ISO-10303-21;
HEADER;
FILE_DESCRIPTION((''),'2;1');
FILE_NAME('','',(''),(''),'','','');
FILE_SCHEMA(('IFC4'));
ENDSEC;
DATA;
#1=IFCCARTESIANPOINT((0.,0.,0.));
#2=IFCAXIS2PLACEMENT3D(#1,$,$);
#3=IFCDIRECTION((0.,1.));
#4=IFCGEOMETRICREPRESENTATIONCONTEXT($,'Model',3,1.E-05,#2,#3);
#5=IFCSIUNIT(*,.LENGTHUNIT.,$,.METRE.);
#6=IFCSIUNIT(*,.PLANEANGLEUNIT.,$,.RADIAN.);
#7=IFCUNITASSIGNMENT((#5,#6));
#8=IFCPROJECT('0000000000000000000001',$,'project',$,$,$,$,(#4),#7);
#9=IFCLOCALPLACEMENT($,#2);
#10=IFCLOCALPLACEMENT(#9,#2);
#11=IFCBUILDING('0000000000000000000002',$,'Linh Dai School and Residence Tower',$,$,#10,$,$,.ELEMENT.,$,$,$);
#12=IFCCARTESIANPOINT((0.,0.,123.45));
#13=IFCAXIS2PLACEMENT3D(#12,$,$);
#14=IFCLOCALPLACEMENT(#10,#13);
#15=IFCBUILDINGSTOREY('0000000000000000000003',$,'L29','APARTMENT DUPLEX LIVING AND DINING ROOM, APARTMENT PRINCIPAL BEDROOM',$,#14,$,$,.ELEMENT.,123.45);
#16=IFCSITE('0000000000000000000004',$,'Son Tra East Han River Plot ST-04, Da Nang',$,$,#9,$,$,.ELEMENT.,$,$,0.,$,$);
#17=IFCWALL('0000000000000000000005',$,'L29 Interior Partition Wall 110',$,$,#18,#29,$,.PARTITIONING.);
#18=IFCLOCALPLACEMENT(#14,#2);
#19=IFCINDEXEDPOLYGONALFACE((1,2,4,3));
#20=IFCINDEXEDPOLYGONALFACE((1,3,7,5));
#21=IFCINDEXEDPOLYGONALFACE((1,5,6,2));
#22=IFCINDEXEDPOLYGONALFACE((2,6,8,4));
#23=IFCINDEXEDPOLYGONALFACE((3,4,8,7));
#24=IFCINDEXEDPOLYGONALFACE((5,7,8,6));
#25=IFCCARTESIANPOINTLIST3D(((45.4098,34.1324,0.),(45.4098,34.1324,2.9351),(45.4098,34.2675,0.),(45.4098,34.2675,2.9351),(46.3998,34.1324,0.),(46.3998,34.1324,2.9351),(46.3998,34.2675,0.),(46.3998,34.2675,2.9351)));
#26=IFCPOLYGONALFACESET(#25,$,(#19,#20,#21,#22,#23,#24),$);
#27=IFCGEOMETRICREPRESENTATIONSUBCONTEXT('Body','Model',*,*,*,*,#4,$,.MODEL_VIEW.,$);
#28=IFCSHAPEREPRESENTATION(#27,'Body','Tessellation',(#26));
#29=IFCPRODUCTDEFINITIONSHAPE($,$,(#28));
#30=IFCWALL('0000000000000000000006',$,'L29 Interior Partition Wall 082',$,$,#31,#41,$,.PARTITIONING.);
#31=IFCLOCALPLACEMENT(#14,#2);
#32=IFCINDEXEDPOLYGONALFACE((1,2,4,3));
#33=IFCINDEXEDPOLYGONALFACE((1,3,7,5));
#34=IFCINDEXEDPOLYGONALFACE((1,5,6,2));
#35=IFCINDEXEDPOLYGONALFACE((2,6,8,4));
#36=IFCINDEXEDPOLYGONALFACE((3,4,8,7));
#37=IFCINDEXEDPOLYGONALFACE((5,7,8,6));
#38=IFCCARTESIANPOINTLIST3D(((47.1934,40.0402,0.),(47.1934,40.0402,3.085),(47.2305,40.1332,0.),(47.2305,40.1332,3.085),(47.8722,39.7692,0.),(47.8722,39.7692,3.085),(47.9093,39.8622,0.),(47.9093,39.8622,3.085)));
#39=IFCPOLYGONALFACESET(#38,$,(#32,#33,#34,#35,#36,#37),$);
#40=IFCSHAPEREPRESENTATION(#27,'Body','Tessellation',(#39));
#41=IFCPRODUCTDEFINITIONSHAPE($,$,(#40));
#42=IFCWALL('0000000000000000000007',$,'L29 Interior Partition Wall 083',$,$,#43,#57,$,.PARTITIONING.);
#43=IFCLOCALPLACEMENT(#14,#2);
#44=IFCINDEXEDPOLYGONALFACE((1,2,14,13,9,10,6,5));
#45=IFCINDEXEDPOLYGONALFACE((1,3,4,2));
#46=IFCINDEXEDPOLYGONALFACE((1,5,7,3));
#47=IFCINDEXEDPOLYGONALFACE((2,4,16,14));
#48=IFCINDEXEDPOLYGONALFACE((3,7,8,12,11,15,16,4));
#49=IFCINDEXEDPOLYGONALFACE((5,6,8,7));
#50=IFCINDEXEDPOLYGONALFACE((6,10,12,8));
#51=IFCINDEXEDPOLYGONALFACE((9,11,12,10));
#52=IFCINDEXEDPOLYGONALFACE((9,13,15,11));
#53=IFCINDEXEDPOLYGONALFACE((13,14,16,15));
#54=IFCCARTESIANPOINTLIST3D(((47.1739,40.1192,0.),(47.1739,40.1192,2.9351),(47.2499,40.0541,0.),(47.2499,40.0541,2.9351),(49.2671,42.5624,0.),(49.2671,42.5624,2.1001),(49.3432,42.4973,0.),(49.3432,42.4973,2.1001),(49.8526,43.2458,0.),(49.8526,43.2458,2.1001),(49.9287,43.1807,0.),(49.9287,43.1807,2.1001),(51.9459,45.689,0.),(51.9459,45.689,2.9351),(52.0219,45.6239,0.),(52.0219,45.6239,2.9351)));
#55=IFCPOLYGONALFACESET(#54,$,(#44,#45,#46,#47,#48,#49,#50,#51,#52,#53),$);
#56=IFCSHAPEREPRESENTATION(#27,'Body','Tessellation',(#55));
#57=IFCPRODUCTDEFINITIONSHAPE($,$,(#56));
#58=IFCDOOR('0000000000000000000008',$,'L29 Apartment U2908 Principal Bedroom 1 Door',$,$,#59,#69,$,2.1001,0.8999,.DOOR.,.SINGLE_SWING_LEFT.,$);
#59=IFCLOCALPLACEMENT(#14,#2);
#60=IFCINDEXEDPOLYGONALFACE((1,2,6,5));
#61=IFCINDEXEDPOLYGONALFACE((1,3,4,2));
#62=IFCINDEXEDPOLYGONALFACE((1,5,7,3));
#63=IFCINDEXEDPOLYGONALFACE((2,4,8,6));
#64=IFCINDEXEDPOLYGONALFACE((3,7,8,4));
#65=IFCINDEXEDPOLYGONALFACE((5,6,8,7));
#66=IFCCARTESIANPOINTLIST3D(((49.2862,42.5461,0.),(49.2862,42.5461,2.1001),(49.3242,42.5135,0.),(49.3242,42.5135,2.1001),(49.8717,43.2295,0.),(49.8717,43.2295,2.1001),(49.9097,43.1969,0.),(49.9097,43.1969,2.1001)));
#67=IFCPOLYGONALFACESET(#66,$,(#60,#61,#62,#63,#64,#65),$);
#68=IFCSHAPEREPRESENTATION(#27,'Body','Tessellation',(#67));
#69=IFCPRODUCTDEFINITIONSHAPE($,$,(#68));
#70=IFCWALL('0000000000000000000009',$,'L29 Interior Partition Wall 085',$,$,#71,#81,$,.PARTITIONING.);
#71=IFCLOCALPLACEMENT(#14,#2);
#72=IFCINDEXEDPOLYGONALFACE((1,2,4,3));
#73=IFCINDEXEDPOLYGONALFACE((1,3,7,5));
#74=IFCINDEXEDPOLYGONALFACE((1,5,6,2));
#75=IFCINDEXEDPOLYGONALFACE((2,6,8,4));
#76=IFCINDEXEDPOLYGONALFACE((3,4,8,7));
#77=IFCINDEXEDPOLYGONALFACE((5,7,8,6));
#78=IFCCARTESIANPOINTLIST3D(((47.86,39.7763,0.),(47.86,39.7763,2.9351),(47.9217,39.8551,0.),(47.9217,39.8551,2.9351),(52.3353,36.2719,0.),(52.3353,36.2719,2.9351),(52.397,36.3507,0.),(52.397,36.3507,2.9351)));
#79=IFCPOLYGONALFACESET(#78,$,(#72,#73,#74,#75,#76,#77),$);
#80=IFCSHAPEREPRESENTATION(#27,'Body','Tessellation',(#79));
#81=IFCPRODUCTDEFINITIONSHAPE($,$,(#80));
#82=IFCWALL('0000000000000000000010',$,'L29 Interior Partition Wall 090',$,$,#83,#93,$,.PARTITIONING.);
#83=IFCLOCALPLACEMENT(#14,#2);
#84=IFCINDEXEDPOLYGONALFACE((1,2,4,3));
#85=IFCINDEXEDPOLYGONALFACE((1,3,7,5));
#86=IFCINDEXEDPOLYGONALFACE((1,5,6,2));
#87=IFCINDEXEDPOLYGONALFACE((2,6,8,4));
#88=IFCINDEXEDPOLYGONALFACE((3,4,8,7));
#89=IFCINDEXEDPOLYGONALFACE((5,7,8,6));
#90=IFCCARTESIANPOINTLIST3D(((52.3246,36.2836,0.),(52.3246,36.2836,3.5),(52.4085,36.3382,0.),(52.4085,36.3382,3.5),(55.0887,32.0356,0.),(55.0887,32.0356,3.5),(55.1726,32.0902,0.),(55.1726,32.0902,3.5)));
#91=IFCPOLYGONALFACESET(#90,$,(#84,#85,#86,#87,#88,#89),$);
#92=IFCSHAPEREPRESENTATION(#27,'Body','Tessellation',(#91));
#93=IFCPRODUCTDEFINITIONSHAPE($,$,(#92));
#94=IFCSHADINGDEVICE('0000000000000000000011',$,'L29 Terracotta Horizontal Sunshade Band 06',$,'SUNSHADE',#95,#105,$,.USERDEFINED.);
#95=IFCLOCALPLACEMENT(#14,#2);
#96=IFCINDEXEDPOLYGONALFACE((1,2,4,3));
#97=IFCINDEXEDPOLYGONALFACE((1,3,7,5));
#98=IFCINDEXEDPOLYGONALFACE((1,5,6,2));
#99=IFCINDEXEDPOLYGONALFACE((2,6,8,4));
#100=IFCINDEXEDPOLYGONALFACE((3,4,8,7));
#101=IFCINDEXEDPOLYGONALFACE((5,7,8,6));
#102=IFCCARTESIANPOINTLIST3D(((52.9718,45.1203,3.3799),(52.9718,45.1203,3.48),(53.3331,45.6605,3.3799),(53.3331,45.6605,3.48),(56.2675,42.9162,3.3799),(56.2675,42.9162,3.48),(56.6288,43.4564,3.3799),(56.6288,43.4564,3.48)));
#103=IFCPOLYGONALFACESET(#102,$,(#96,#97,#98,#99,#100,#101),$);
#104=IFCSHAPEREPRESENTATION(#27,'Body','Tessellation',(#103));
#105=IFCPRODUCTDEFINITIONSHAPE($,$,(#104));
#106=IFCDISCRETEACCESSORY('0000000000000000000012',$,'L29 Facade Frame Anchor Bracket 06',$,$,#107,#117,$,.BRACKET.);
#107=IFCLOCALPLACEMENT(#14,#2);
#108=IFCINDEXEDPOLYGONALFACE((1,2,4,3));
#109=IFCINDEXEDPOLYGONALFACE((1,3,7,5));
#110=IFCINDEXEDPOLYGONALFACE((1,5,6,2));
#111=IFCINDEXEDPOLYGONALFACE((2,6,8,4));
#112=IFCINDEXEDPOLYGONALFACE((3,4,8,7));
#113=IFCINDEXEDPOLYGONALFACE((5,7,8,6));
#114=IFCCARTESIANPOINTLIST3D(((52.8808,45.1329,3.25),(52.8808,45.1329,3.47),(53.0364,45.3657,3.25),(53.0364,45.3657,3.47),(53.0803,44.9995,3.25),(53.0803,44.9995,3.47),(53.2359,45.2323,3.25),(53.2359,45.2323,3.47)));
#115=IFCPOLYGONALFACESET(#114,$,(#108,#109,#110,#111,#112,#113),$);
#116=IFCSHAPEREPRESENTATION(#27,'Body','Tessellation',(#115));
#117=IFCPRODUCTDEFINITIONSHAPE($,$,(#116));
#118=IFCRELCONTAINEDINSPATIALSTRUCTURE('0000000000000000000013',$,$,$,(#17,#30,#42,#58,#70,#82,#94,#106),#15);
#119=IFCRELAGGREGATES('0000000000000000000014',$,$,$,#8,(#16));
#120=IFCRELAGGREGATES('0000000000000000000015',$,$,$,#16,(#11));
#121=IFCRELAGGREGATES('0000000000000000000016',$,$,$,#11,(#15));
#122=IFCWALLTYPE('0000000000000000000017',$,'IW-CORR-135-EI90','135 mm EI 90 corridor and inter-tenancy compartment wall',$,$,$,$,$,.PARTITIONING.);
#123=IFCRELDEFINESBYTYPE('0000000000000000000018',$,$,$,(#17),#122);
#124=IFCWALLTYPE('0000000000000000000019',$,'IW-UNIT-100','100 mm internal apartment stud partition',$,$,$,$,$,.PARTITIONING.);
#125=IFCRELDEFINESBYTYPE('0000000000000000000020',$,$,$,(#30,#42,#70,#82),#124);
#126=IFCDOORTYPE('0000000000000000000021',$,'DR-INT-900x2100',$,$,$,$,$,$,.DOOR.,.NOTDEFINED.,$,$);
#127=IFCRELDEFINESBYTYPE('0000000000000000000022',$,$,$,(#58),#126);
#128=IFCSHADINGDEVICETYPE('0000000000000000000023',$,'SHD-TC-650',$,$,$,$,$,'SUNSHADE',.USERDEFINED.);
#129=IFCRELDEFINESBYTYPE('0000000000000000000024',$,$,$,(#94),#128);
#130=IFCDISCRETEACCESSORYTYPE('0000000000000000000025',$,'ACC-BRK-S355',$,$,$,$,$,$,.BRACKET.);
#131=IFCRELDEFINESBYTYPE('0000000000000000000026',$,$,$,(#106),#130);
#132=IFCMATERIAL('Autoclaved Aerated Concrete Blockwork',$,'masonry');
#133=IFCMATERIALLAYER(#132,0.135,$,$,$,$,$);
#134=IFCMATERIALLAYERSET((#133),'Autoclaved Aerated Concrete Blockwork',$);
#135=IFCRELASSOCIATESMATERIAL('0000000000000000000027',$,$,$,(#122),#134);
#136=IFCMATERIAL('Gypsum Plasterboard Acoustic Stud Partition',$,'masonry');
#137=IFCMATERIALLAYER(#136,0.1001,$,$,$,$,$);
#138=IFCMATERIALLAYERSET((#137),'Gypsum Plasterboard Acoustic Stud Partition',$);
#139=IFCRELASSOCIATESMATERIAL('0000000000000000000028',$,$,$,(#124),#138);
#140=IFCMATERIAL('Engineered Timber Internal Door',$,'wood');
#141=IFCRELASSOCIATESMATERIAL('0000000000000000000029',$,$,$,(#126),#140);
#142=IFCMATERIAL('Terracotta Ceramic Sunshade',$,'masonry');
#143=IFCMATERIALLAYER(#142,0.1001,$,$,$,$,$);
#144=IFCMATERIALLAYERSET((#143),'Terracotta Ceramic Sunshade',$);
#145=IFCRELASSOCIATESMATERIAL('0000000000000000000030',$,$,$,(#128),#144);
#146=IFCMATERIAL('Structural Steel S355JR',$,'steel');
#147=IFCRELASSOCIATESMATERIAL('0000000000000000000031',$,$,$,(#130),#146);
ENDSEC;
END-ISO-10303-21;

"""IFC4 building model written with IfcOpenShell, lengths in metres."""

from ifc_helpers import new_model, si_unit, direction, frame, frame_2d, origin, origin_2d, place, context, subcontext, project, spatial, rectangle, extrude, source, transform, mapped, material, layer, layer_set, type_object, element, fill, save


model = new_model("IFC4")

# Units and contexts
model_context = context("Model", 3, precision=1e-05, world=origin(), true_north=direction((0.0, 1.0)))
body_context = subcontext(model_context, "Body", "Model", "MODEL_VIEW")
ifc_project = project(units=[si_unit("LENGTHUNIT", "METRE"), si_unit("PLANEANGLEUNIT", "RADIAN")], contexts=[model_context])

# Site, building, storey
site_placement = place(None, origin())
site = spatial("IfcSite", under=ifc_project, at=site_placement, Name="Son Tra East Han River Plot ST-04, Da Nang", CompositionType="ELEMENT", RefElevation=0.0)
building_placement = place(site_placement, origin())
building = spatial("IfcBuilding", under=site, at=building_placement, Name="Linh Dai School and Residence Tower", CompositionType="ELEMENT")
storey_placement = place(building_placement, frame((0.0, 0.0, 123.45)))
storey = spatial("IfcBuildingStorey", under=building, at=storey_placement, Name="L29", Description="APARTMENT DUPLEX LIVING AND DINING ROOM, APARTMENT PRINCIPAL BEDROOM", CompositionType="ELEMENT", Elevation=123.45)

# Shared definitions
ifc_material_1 = material(Name="Structural Steel S355JR", Category="steel")

# Walls
ifc_material_2 = material(Name="Autoclaved Aerated Concrete Blockwork", Category="masonry")
ifc_layer_1 = layer(ifc_material_2, 0.135)
ifc_layer_set_1 = layer_set([ifc_layer_1], Name="Autoclaved Aerated Concrete Blockwork")
wall_type_1 = type_object("IfcWallType", Name="IW-CORR-135-EI90", Description="135 mm EI 90 corridor and inter-tenancy compartment wall", PredefinedType="PARTITIONING", material=ifc_layer_set_1)
wall_1_placement = place(storey_placement, frame((46.3999, 34.2, 0.0), z_axis=(0.0, 0.0, 1.0), x_axis=(-1.0, 0.0, 0.0)))
element("IfcWall", 1, at=wall_1_placement, inside=storey, type_object=wall_type_1, Name="L29 Interior Partition Wall 110", PredefinedType="PARTITIONING", context=body_context, shape_type="SweptSolid", body=[
    extrude(rectangle(XDim=0.99, YDim=0.135, at=frame_2d((0.4951, 0.0))), origin(), (0.0, 0.0, 1.0), 2.9351),
])
ifc_material_3 = material(Name="Gypsum Plasterboard Acoustic Stud Partition", Category="masonry")
ifc_layer_2 = layer(ifc_material_3, 0.1001)
ifc_layer_set_2 = layer_set([ifc_layer_2], Name="Gypsum Plasterboard Acoustic Stud Partition")
wall_type_2 = type_object("IfcWallType", Name="IW-UNIT-100", Description="100 mm internal apartment stud partition", PredefinedType="PARTITIONING", material=ifc_layer_set_2)
wall_2_placement = place(storey_placement, frame((47.2119, 40.0867, 0.0), z_axis=(0.0, 0.0, 1.0), x_axis=(0.928753, -0.3707, 0.0)))
element("IfcWall", 2, at=wall_2_placement, inside=storey, type_object=wall_type_2, Name="L29 Interior Partition Wall 082", PredefinedType="PARTITIONING", context=body_context, shape_type="SweptSolid", body=[
    extrude(rectangle(XDim=0.731, YDim=0.1001, at=frame_2d((0.3655, 0.0))), origin(), (0.0, 0.0, 1.0), 3.085),
])

# Wall, opening, door
wall_3_placement = place(storey_placement, frame((47.2119, 40.0867, 0.0), z_axis=(0.0, 0.0, 1.0), x_axis=(0.650621, 0.759402, 0.0)))
wall_3 = element("IfcWall", 3, at=wall_3_placement, inside=storey, type_object=wall_type_2, Name="L29 Interior Partition Wall 083", PredefinedType="PARTITIONING", context=body_context, shape_type="SweptSolid", body=[
    extrude(rectangle(XDim=7.3345, YDim=0.1001, at=frame_2d((3.6672, 0.0))), origin(), (0.0, 0.0, 1.0), 2.9351),
])
opening_1_placement = place(wall_3_placement, frame((3.2173, 0.0, 0.0)))
opening_1 = element("IfcOpeningElement", 4, at=opening_1_placement, cuts=wall_3, PredefinedType="OPENING", context=body_context, shape_type="SweptSolid", body=[
    extrude(rectangle(XDim=0.8999, YDim=2.1001, at=origin_2d()), frame((0.45, 0.0601, 1.05), z_axis=(0.0, -1.0, 0.0), x_axis=(1.0, 0.0, 0.0)), (0.0, 0.0, 1.0), 0.1201),
])
ifc_material_4 = material(Name="Engineered Timber Internal Door", Category="wood")
door_type = type_object("IfcDoorType", Name="DR-INT-900x2100", OperationType="NOTDEFINED", PredefinedType="DOOR", material=ifc_material_4)
shared_shape_1 = source(origin(), body_context, "Body", "SweptSolid", [
    extrude(rectangle(XDim=0.8999, YDim=2.1001, at=origin_2d()), frame((0.45, 0.0249, 1.05), z_axis=(0.0, -1.0, 0.0), x_axis=(1.0, 0.0, 0.0)), (0.0, 0.0, 1.0), 0.05),
])
door_placement = place(opening_1_placement, origin())
door = element("IfcDoor", 5, at=door_placement, inside=storey, type_object=door_type, Name="L29 Apartment U2908 Principal Bedroom 1 Door", OperationType="SINGLE_SWING_LEFT", OverallHeight=2.1001, OverallWidth=0.8999, PredefinedType="DOOR", context=body_context, shape_type="MappedRepresentation", body=[
    mapped(shared_shape_1, transform((0.0, 0.0, 0.0), x_axis=(1.0, 0.0, 0.0), y_axis=(0.0, 1.0, 0.0), z_axis=(0.0, 0.0, 1.0), scale=1.0)),
])
fill(opening_1, door)

# Walls
wall_4_placement = place(storey_placement, frame((47.8909, 39.8157, 0.0), z_axis=(0.0, 0.0, 1.0), x_axis=(0.787338, -0.616521, 0.0)))
element("IfcWall", 6, at=wall_4_placement, inside=storey, type_object=wall_type_2, Name="L29 Interior Partition Wall 085", PredefinedType="PARTITIONING", context=body_context, shape_type="SweptSolid", body=[
    extrude(rectangle(XDim=5.6841, YDim=0.1001, at=frame_2d((2.842, 0.0))), origin(), (0.0, 0.0, 1.0), 2.9351),
])
wall_5_placement = place(storey_placement, frame((52.3665, 36.311, 0.0), z_axis=(0.0, 0.0, 1.0), x_axis=(0.545395, -0.838179, 0.0)))
element("IfcWall", 7, at=wall_5_placement, inside=storey, type_object=wall_type_2, Name="L29 Interior Partition Wall 090", PredefinedType="PARTITIONING", context=body_context, shape_type="SweptSolid", body=[
    extrude(rectangle(XDim=5.0681, YDim=0.1001, at=frame_2d((2.5342, 0.0))), origin(), (0.0, 0.0, 1.0), 3.5),
])

# Shading device
ifc_material_5 = material(Name="Terracotta Ceramic Sunshade", Category="masonry")
ifc_layer_3 = layer(ifc_material_5, 0.1001)
ifc_layer_set_3 = layer_set([ifc_layer_3], Name="Terracotta Ceramic Sunshade")
shading_device_type = type_object("IfcShadingDeviceType", Name="SHD-TC-650", ElementType="SUNSHADE", PredefinedType="USERDEFINED", material=ifc_layer_set_3)
shared_shape_2 = source(origin(), body_context, "Body", "SweptSolid", [
    extrude(rectangle(XDim=3.9648, YDim=0.6499, at=origin_2d()), origin(), (0.0, 0.0, 1.0), 0.1001),
])
shading_device_placement = place(storey_placement, frame((54.8003, 44.2883, 3.3799), z_axis=(0.0, 0.0, 1.0), x_axis=(0.83124, -0.555913, 0.0)))
element("IfcShadingDevice", 8, at=shading_device_placement, inside=storey, type_object=shading_device_type, Name="L29 Terracotta Horizontal Sunshade Band 06", ObjectType="SUNSHADE", PredefinedType="USERDEFINED", context=body_context, shape_type="MappedRepresentation", body=[
    mapped(shared_shape_2, transform((0.0, 0.0, 0.0), x_axis=(1.0, 0.0, 0.0), y_axis=(0.0, 1.0, 0.0), z_axis=(0.0, 0.0, 1.0), scale=1.0)),
])

# Discrete accessory
discrete_accessory_type = type_object("IfcDiscreteAccessoryType", Name="ACC-BRK-S355", PredefinedType="BRACKET", material=ifc_material_1)
shared_shape_3 = source(origin(), body_context, "Body", "SweptSolid", [
    extrude(rectangle(XDim=0.28, YDim=0.24, at=origin_2d()), origin(), (0.0, 0.0, 1.0), 0.22),
])
discrete_accessory_placement = place(storey_placement, frame((53.0583, 45.1826, 3.25), z_axis=(0.0, 0.0, 1.0), x_axis=(0.555913, 0.83124, 0.0)))
element("IfcDiscreteAccessory", 9, at=discrete_accessory_placement, inside=storey, type_object=discrete_accessory_type, Name="L29 Facade Frame Anchor Bracket 06", PredefinedType="BRACKET", context=body_context, shape_type="MappedRepresentation", body=[
    mapped(shared_shape_3, transform((0.0, 0.0, 0.0), x_axis=(1.0, 0.0, 0.0), y_axis=(0.0, 1.0, 0.0), z_axis=(0.0, 0.0, 1.0), scale=1.0)),
])

save(model, "model.ifc")
